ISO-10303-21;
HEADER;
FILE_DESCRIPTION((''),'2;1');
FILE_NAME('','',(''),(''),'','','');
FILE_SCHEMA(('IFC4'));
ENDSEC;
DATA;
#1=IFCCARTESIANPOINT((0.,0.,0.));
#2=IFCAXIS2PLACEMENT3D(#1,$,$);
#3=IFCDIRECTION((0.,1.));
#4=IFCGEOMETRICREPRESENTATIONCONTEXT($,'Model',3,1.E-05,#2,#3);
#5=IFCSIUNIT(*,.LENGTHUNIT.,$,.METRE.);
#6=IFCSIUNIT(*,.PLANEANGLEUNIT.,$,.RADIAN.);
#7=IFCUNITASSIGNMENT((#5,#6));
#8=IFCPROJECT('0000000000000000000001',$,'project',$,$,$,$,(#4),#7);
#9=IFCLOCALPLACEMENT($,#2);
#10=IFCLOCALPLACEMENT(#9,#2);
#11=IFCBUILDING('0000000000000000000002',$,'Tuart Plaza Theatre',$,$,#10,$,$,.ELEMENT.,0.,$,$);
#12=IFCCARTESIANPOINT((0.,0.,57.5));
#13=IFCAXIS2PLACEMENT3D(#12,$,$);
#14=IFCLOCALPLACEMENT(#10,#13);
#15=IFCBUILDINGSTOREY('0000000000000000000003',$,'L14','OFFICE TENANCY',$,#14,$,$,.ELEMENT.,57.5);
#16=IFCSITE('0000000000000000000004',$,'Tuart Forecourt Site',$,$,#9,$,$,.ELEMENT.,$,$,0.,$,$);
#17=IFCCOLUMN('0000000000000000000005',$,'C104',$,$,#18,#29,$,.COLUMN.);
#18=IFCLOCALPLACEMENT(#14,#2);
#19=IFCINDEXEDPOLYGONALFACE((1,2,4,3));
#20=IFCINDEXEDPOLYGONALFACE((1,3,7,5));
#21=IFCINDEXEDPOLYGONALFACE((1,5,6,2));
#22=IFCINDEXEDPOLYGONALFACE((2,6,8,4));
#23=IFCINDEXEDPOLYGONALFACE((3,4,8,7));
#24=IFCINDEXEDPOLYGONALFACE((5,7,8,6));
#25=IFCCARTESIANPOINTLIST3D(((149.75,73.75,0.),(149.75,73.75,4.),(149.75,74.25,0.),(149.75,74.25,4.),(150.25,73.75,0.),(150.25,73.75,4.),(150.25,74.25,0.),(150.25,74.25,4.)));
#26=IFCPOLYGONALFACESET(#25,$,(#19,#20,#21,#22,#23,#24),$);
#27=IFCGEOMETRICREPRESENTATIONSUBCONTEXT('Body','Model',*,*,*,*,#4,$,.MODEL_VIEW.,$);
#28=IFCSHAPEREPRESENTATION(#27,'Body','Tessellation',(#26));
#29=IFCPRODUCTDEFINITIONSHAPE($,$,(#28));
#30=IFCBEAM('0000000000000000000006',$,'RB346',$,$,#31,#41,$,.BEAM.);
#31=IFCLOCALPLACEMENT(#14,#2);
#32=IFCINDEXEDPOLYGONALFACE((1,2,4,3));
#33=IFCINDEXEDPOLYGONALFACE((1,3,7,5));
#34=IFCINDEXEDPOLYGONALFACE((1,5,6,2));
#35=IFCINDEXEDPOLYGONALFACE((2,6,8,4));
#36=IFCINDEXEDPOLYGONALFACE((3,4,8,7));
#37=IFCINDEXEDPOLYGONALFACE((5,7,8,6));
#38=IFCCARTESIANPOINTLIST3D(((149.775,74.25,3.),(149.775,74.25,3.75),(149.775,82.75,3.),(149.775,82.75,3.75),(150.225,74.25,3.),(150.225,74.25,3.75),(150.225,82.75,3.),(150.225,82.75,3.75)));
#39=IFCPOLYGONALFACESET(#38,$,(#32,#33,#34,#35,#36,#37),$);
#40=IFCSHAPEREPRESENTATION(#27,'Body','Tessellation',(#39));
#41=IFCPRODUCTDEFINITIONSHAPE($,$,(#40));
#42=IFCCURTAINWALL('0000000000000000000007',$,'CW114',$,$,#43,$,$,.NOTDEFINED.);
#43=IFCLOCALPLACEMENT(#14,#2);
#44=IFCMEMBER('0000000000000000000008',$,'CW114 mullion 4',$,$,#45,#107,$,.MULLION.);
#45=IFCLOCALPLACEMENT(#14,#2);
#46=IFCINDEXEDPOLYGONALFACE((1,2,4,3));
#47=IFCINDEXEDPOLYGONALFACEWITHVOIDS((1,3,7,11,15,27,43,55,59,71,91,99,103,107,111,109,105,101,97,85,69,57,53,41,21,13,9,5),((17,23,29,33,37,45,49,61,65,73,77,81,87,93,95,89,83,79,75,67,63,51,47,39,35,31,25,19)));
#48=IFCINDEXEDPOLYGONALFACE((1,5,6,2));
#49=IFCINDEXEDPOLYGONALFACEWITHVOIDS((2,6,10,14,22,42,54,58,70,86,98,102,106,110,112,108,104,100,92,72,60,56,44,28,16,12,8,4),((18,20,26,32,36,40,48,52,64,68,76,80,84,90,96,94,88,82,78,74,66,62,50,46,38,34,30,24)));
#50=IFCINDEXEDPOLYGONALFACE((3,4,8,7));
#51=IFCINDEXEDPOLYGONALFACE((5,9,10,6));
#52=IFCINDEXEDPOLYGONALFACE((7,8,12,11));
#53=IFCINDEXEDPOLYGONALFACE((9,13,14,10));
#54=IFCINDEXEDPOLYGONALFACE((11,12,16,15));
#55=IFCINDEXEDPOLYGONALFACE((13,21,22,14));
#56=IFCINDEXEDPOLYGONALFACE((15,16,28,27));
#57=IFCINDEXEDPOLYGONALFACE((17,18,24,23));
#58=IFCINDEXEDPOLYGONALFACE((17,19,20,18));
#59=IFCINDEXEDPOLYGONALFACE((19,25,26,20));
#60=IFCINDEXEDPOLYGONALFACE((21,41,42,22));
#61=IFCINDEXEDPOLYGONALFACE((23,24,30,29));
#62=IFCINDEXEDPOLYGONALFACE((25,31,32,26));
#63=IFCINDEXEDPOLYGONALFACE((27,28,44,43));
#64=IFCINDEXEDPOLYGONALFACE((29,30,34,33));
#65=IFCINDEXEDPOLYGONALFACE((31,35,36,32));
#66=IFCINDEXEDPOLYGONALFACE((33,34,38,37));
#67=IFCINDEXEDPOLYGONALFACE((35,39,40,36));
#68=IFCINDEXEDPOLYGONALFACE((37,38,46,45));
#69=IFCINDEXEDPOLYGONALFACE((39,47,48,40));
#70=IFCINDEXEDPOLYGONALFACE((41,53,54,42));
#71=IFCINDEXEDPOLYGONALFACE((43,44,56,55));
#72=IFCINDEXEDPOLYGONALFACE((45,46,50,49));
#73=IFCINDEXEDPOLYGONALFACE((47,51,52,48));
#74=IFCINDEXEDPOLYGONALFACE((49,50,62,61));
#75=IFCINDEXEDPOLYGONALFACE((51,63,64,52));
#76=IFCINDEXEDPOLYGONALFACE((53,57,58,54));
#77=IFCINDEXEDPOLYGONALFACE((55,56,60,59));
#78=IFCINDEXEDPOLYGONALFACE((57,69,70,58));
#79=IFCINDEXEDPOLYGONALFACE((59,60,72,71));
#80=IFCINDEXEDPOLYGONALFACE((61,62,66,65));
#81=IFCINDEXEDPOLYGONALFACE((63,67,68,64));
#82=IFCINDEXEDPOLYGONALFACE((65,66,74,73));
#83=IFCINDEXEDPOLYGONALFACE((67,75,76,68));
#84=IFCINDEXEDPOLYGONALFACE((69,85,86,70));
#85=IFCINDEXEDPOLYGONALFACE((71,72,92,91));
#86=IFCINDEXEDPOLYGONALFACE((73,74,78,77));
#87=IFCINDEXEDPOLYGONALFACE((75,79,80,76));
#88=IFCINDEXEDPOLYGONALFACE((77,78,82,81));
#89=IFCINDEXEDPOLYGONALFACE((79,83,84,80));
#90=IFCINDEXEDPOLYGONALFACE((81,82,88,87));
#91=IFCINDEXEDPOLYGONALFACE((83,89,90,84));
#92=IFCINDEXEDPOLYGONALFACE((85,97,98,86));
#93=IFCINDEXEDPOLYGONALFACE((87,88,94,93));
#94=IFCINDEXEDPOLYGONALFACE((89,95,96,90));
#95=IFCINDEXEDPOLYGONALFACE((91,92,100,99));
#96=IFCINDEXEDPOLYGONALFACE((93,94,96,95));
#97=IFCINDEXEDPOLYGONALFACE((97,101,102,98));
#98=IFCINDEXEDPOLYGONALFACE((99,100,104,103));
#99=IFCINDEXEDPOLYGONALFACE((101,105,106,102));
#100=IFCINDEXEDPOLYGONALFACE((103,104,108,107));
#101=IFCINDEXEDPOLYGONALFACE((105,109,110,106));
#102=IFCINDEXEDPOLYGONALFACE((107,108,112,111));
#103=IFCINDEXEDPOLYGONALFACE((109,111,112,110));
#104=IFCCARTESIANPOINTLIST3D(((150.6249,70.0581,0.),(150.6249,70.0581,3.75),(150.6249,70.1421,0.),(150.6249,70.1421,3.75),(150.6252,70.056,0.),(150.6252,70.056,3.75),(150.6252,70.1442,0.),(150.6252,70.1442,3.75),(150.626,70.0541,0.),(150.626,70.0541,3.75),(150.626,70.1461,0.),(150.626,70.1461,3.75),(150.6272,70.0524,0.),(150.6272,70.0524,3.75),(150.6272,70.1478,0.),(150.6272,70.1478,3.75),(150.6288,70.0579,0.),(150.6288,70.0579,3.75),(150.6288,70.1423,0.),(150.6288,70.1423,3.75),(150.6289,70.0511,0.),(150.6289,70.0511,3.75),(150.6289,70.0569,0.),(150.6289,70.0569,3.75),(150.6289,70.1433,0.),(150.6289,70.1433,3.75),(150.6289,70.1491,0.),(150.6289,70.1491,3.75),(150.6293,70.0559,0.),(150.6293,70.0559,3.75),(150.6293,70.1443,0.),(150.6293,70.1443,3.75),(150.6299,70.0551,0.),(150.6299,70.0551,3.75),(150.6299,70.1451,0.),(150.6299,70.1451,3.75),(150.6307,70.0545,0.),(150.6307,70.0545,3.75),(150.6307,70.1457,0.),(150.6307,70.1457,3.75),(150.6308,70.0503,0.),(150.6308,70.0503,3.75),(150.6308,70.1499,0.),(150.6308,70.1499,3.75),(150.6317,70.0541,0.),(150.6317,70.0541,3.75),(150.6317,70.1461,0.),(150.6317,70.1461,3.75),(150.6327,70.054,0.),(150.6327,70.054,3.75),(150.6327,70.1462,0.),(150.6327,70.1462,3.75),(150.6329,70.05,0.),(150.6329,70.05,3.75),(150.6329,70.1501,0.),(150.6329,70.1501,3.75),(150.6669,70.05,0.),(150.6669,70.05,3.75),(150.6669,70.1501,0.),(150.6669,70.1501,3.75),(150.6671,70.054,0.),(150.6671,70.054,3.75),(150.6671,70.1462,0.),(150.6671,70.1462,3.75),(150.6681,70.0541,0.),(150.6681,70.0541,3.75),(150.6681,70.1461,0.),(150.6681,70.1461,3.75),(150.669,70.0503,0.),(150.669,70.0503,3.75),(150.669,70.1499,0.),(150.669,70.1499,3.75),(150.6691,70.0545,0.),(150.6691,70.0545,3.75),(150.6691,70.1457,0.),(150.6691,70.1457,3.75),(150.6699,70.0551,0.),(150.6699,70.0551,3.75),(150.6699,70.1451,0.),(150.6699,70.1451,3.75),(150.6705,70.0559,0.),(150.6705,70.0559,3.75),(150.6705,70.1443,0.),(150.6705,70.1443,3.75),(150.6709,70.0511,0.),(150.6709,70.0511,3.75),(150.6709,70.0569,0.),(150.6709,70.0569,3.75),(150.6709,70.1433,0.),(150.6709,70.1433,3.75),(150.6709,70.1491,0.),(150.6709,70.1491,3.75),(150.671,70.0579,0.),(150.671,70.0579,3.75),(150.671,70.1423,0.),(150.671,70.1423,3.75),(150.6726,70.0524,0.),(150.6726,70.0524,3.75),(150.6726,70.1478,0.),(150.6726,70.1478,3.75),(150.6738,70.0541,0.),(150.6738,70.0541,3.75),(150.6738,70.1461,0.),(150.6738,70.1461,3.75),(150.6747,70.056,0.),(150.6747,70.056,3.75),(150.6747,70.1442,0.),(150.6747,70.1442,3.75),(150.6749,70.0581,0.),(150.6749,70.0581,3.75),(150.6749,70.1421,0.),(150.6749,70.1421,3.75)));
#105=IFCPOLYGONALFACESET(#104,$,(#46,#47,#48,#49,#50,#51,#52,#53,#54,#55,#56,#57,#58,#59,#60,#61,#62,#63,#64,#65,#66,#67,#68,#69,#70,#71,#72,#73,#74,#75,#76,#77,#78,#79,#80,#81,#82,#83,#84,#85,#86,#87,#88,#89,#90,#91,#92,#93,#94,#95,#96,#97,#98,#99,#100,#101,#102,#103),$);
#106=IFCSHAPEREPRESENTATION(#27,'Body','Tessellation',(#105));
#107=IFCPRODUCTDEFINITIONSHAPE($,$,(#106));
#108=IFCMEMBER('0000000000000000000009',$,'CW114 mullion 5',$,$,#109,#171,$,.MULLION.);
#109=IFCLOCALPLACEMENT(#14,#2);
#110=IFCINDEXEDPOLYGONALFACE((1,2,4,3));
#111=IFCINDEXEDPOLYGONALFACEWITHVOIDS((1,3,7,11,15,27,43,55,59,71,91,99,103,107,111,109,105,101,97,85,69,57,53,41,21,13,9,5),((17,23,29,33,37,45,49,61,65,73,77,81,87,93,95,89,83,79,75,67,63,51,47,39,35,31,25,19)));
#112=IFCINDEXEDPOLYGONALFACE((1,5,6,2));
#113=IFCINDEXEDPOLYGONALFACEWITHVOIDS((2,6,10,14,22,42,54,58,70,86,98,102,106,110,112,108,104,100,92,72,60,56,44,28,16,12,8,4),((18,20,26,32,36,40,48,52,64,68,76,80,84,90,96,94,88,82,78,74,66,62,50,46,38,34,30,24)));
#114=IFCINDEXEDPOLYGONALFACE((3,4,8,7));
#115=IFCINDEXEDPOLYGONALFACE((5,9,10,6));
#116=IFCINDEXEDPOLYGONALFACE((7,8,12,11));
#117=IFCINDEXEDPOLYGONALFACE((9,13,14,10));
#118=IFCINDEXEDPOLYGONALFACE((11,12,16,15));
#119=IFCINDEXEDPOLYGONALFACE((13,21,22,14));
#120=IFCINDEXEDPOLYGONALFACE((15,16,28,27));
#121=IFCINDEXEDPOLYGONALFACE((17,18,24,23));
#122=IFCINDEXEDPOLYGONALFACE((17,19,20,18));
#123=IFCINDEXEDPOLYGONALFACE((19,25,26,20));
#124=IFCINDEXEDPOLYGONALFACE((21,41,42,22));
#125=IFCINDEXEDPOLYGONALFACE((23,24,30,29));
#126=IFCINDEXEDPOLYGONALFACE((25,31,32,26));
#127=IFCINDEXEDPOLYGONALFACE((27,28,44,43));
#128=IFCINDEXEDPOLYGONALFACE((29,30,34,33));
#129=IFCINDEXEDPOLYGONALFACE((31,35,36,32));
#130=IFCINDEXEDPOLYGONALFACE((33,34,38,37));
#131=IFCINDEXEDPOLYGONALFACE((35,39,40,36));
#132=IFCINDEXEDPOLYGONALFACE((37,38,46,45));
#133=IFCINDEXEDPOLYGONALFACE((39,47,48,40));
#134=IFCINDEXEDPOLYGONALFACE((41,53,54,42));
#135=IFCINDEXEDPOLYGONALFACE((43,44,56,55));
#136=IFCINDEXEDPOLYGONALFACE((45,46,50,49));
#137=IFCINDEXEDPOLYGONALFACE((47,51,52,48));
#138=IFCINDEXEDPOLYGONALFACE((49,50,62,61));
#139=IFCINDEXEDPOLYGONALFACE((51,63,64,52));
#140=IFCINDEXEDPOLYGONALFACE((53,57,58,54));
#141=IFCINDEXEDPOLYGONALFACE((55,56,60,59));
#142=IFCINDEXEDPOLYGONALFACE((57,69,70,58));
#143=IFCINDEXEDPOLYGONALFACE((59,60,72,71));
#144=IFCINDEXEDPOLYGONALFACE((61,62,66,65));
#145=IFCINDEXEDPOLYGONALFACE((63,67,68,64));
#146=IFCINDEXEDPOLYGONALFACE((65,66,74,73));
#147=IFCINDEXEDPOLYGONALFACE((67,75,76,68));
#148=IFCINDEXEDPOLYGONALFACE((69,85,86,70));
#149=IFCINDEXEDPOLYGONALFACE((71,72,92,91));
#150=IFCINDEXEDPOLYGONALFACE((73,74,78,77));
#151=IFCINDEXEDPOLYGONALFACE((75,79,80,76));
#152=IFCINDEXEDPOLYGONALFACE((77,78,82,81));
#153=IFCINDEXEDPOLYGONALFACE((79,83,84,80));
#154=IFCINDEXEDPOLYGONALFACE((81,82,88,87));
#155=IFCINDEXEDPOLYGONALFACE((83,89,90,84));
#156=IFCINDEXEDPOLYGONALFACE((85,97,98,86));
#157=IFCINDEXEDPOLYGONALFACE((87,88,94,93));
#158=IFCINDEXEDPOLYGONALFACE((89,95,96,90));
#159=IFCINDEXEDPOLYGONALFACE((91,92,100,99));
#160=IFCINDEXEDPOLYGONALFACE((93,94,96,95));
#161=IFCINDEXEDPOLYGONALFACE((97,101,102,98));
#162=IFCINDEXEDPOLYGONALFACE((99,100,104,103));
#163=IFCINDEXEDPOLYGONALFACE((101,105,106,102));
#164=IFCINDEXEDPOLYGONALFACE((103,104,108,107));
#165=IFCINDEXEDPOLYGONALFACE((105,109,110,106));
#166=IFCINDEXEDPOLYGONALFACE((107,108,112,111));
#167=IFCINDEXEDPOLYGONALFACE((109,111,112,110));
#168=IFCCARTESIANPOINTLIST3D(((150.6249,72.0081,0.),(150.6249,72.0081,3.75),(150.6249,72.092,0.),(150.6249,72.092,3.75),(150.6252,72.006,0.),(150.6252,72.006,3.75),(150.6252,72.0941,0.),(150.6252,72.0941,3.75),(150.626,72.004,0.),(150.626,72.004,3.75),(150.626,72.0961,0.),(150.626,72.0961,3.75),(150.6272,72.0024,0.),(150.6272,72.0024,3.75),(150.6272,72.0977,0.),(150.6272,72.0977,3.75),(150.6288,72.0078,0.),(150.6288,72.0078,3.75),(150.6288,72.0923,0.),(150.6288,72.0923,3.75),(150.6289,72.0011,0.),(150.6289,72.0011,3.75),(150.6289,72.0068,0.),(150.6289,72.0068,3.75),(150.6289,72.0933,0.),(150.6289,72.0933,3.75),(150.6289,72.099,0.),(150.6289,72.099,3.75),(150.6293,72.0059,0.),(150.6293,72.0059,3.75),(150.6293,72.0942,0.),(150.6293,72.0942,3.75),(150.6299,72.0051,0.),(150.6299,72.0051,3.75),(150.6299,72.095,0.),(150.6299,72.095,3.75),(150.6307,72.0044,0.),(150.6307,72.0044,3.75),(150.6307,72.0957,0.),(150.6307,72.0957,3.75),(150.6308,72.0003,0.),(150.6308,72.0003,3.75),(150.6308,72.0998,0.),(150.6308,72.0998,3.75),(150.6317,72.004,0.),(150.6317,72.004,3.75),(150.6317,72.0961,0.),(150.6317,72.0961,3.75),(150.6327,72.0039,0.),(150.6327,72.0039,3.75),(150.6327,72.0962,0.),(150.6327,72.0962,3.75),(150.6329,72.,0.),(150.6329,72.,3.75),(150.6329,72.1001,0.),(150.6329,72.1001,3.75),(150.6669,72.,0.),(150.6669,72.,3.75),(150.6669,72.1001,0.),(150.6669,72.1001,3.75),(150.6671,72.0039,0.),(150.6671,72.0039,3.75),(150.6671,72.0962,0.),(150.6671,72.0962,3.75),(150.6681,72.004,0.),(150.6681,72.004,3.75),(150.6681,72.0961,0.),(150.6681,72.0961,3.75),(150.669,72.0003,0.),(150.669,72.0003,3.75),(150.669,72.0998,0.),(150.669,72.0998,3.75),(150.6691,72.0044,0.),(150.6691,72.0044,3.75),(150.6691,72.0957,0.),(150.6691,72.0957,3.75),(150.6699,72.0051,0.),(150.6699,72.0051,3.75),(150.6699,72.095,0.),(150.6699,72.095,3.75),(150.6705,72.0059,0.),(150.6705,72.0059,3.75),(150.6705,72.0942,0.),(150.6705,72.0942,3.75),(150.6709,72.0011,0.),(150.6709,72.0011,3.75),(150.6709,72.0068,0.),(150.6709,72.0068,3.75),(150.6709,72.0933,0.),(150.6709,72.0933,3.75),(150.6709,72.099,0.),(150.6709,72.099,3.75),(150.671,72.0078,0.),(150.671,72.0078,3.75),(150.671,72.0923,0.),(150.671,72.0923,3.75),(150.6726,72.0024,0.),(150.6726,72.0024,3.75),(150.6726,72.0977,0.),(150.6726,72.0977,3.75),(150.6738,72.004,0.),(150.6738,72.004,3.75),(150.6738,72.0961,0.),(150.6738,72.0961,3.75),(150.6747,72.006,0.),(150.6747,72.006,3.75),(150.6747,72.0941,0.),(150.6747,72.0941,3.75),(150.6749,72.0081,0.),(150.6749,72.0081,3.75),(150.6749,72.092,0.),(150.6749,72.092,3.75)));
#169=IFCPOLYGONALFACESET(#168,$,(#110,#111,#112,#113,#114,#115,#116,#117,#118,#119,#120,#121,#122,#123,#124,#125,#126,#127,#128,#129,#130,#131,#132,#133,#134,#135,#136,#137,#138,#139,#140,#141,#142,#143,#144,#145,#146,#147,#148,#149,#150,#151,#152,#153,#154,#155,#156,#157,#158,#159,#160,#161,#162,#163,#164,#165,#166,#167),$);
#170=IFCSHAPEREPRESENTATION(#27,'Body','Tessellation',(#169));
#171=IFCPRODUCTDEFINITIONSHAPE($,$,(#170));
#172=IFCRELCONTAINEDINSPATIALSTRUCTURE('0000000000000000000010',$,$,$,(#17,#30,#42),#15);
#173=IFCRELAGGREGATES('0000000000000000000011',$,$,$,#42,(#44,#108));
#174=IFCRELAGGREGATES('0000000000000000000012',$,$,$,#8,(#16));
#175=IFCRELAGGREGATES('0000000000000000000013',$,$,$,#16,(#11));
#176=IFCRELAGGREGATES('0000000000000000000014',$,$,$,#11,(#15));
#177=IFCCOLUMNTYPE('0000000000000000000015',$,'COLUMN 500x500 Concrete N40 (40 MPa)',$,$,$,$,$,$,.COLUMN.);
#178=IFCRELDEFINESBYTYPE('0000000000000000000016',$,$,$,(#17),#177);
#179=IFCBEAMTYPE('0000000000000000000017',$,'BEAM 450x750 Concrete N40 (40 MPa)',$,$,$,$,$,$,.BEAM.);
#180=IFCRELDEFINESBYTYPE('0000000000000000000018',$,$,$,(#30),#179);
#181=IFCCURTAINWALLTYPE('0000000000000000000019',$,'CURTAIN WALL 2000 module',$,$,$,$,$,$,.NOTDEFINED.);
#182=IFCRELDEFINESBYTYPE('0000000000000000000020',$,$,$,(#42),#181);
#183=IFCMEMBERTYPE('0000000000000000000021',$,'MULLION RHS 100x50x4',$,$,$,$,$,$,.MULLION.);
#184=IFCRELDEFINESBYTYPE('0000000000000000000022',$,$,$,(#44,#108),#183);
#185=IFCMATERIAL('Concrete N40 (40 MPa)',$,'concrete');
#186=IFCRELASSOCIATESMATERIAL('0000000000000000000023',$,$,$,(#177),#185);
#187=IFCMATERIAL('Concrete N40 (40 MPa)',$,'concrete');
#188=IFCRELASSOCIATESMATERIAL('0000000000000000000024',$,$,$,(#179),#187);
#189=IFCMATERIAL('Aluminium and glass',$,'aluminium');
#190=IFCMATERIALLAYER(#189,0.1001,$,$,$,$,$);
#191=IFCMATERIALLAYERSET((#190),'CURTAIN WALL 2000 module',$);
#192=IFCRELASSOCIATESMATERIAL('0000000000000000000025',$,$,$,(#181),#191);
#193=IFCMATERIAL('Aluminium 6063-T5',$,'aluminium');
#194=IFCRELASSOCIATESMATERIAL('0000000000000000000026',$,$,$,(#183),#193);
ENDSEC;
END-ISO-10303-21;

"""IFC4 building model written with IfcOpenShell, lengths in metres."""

from ifc_helpers import new_model, si_unit, direction, frame, origin, origin_2d, place, context, subcontext, project, spatial, rectangle, hollow_rectangle, extrude, material, layer, layer_set, material_profile, profile_set, type_object, element, aggregate, save


model = new_model("IFC4")

# Units and contexts
model_context = context("Model", 3, precision=1e-05, world=origin(), true_north=direction((0.0, 1.0)))
body_context = subcontext(model_context, "Body", "Model", "MODEL_VIEW")
ifc_project = project(units=[si_unit("LENGTHUNIT", "METRE"), si_unit("PLANEANGLEUNIT", "RADIAN")], contexts=[model_context])

# Site, building, storey
site_placement = place(None, origin())
site = spatial("IfcSite", under=ifc_project, at=site_placement, Name="Tuart Forecourt Site", CompositionType="ELEMENT", RefElevation=0.0)
building_placement = place(site_placement, origin())
building = spatial("IfcBuilding", under=site, at=building_placement, Name="Tuart Plaza Theatre", CompositionType="ELEMENT", ElevationOfRefHeight=0.0)
storey_placement = place(building_placement, frame((0.0, 0.0, 57.5)))
storey = spatial("IfcBuildingStorey", under=building, at=storey_placement, Name="L14", Description="OFFICE TENANCY", CompositionType="ELEMENT", Elevation=57.5)

# Column
ifc_material_1 = material(Name="Concrete N40 (40 MPa)", Category="concrete")
ifc_material_profile_1 = material_profile(ifc_material_1, rectangle(XDim=0.5, YDim=0.5, at=origin_2d()), Name="COLUMN 500x500 Concrete N40 (40 MPa)")
ifc_profile_set_1 = profile_set([ifc_material_profile_1], Name="Concrete N40 (40 MPa)")
column_type = type_object("IfcColumnType", Name="COLUMN 500x500 Concrete N40 (40 MPa)", PredefinedType="COLUMN", material=ifc_profile_set_1)
column_placement = place(storey_placement, frame((150.0, 74.0, 0.0), z_axis=(0.0, 0.0, 1.0), x_axis=(1.0, 0.0, 0.0)))
element("IfcColumn", 1, at=column_placement, inside=storey, type_object=column_type, Name="C104", PredefinedType="COLUMN", context=body_context, shape_type="SweptSolid", body=[
    extrude(rectangle(XDim=0.5, YDim=0.5, at=origin_2d()), origin(), (0.0, 0.0, 1.0), 4.0),
])

# Beam
ifc_material_2 = material(Name="Concrete N40 (40 MPa)", Category="concrete")
ifc_material_profile_2 = material_profile(ifc_material_2, rectangle(XDim=0.45, YDim=0.75, at=origin_2d()), Name="BEAM 450x750 Concrete N40 (40 MPa)")
ifc_profile_set_2 = profile_set([ifc_material_profile_2], Name="Concrete N40 (40 MPa)")
beam_type = type_object("IfcBeamType", Name="BEAM 450x750 Concrete N40 (40 MPa)", PredefinedType="BEAM", material=ifc_profile_set_2)
beam_placement = place(storey_placement, frame((150.0, 74.25, 3.375), z_axis=(0.0, 1.0, 0.0), x_axis=(-1.0, 0.0, 0.0)))
element("IfcBeam", 2, at=beam_placement, inside=storey, type_object=beam_type, Name="RB346", PredefinedType="BEAM", context=body_context, shape_type="SweptSolid", body=[
    extrude(rectangle(XDim=0.45, YDim=0.75, at=origin_2d()), origin(), (0.0, 0.0, 1.0), 8.5),
])

# Curtain wall, members
ifc_material_3 = material(Name="Aluminium and glass", Category="aluminium")
ifc_layer_1 = layer(ifc_material_3, 0.1001)
ifc_layer_set_1 = layer_set([ifc_layer_1], Name="CURTAIN WALL 2000 module")
curtain_wall_type = type_object("IfcCurtainWallType", Name="CURTAIN WALL 2000 module", PredefinedType="NOTDEFINED", material=ifc_layer_set_1)
curtain_wall_placement = place(storey_placement, origin())
curtain_wall = element("IfcCurtainWall", 3, at=curtain_wall_placement, inside=storey, type_object=curtain_wall_type, Name="CW114", PredefinedType="NOTDEFINED")
ifc_material_4 = material(Name="Aluminium 6063-T5", Category="aluminium")
ifc_material_profile_3 = material_profile(ifc_material_4, hollow_rectangle(XDim=0.05, YDim=0.1001, WallThickness=0.0039, InnerFilletRadius=0.0039, OuterFilletRadius=0.0081, at=origin_2d()), Name="RHS 100x50x4")
ifc_profile_set_3 = profile_set([ifc_material_profile_3], Name="Aluminium 6063-T5")
member_type_1 = type_object("IfcMemberType", Name="MULLION RHS 100x50x4", PredefinedType="MULLION", material=ifc_profile_set_3)
member_1_placement = place(storey_placement, frame((150.6499, 70.1001, 0.0), z_axis=(0.0, 0.0, 1.0), x_axis=(-1.0, 0.0, 0.0)))
member_1 = element("IfcMember", 4, at=member_1_placement, type_object=member_type_1, Name="CW114 mullion 4", PredefinedType="MULLION", context=body_context, shape_type="SweptSolid", body=[
    extrude(hollow_rectangle(XDim=0.05, YDim=0.1001, WallThickness=0.0039, InnerFilletRadius=0.0039, OuterFilletRadius=0.0081, at=origin_2d()), origin(), (0.0, 0.0, 1.0), 3.75),
])
member_2_placement = place(storey_placement, frame((150.6499, 72.05, 0.0), z_axis=(0.0, 0.0, 1.0), x_axis=(-1.0, 0.0, 0.0)))
member_2 = element("IfcMember", 5, at=member_2_placement, type_object=member_type_1, Name="CW114 mullion 5", PredefinedType="MULLION", context=body_context, shape_type="SweptSolid", body=[
    extrude(hollow_rectangle(XDim=0.05, YDim=0.1001, WallThickness=0.0039, InnerFilletRadius=0.0039, OuterFilletRadius=0.0081, at=origin_2d()), origin(), (0.0, 0.0, 1.0), 3.75),
])
aggregate(curtain_wall, [member_1, member_2])

save(model, "model.ifc")
